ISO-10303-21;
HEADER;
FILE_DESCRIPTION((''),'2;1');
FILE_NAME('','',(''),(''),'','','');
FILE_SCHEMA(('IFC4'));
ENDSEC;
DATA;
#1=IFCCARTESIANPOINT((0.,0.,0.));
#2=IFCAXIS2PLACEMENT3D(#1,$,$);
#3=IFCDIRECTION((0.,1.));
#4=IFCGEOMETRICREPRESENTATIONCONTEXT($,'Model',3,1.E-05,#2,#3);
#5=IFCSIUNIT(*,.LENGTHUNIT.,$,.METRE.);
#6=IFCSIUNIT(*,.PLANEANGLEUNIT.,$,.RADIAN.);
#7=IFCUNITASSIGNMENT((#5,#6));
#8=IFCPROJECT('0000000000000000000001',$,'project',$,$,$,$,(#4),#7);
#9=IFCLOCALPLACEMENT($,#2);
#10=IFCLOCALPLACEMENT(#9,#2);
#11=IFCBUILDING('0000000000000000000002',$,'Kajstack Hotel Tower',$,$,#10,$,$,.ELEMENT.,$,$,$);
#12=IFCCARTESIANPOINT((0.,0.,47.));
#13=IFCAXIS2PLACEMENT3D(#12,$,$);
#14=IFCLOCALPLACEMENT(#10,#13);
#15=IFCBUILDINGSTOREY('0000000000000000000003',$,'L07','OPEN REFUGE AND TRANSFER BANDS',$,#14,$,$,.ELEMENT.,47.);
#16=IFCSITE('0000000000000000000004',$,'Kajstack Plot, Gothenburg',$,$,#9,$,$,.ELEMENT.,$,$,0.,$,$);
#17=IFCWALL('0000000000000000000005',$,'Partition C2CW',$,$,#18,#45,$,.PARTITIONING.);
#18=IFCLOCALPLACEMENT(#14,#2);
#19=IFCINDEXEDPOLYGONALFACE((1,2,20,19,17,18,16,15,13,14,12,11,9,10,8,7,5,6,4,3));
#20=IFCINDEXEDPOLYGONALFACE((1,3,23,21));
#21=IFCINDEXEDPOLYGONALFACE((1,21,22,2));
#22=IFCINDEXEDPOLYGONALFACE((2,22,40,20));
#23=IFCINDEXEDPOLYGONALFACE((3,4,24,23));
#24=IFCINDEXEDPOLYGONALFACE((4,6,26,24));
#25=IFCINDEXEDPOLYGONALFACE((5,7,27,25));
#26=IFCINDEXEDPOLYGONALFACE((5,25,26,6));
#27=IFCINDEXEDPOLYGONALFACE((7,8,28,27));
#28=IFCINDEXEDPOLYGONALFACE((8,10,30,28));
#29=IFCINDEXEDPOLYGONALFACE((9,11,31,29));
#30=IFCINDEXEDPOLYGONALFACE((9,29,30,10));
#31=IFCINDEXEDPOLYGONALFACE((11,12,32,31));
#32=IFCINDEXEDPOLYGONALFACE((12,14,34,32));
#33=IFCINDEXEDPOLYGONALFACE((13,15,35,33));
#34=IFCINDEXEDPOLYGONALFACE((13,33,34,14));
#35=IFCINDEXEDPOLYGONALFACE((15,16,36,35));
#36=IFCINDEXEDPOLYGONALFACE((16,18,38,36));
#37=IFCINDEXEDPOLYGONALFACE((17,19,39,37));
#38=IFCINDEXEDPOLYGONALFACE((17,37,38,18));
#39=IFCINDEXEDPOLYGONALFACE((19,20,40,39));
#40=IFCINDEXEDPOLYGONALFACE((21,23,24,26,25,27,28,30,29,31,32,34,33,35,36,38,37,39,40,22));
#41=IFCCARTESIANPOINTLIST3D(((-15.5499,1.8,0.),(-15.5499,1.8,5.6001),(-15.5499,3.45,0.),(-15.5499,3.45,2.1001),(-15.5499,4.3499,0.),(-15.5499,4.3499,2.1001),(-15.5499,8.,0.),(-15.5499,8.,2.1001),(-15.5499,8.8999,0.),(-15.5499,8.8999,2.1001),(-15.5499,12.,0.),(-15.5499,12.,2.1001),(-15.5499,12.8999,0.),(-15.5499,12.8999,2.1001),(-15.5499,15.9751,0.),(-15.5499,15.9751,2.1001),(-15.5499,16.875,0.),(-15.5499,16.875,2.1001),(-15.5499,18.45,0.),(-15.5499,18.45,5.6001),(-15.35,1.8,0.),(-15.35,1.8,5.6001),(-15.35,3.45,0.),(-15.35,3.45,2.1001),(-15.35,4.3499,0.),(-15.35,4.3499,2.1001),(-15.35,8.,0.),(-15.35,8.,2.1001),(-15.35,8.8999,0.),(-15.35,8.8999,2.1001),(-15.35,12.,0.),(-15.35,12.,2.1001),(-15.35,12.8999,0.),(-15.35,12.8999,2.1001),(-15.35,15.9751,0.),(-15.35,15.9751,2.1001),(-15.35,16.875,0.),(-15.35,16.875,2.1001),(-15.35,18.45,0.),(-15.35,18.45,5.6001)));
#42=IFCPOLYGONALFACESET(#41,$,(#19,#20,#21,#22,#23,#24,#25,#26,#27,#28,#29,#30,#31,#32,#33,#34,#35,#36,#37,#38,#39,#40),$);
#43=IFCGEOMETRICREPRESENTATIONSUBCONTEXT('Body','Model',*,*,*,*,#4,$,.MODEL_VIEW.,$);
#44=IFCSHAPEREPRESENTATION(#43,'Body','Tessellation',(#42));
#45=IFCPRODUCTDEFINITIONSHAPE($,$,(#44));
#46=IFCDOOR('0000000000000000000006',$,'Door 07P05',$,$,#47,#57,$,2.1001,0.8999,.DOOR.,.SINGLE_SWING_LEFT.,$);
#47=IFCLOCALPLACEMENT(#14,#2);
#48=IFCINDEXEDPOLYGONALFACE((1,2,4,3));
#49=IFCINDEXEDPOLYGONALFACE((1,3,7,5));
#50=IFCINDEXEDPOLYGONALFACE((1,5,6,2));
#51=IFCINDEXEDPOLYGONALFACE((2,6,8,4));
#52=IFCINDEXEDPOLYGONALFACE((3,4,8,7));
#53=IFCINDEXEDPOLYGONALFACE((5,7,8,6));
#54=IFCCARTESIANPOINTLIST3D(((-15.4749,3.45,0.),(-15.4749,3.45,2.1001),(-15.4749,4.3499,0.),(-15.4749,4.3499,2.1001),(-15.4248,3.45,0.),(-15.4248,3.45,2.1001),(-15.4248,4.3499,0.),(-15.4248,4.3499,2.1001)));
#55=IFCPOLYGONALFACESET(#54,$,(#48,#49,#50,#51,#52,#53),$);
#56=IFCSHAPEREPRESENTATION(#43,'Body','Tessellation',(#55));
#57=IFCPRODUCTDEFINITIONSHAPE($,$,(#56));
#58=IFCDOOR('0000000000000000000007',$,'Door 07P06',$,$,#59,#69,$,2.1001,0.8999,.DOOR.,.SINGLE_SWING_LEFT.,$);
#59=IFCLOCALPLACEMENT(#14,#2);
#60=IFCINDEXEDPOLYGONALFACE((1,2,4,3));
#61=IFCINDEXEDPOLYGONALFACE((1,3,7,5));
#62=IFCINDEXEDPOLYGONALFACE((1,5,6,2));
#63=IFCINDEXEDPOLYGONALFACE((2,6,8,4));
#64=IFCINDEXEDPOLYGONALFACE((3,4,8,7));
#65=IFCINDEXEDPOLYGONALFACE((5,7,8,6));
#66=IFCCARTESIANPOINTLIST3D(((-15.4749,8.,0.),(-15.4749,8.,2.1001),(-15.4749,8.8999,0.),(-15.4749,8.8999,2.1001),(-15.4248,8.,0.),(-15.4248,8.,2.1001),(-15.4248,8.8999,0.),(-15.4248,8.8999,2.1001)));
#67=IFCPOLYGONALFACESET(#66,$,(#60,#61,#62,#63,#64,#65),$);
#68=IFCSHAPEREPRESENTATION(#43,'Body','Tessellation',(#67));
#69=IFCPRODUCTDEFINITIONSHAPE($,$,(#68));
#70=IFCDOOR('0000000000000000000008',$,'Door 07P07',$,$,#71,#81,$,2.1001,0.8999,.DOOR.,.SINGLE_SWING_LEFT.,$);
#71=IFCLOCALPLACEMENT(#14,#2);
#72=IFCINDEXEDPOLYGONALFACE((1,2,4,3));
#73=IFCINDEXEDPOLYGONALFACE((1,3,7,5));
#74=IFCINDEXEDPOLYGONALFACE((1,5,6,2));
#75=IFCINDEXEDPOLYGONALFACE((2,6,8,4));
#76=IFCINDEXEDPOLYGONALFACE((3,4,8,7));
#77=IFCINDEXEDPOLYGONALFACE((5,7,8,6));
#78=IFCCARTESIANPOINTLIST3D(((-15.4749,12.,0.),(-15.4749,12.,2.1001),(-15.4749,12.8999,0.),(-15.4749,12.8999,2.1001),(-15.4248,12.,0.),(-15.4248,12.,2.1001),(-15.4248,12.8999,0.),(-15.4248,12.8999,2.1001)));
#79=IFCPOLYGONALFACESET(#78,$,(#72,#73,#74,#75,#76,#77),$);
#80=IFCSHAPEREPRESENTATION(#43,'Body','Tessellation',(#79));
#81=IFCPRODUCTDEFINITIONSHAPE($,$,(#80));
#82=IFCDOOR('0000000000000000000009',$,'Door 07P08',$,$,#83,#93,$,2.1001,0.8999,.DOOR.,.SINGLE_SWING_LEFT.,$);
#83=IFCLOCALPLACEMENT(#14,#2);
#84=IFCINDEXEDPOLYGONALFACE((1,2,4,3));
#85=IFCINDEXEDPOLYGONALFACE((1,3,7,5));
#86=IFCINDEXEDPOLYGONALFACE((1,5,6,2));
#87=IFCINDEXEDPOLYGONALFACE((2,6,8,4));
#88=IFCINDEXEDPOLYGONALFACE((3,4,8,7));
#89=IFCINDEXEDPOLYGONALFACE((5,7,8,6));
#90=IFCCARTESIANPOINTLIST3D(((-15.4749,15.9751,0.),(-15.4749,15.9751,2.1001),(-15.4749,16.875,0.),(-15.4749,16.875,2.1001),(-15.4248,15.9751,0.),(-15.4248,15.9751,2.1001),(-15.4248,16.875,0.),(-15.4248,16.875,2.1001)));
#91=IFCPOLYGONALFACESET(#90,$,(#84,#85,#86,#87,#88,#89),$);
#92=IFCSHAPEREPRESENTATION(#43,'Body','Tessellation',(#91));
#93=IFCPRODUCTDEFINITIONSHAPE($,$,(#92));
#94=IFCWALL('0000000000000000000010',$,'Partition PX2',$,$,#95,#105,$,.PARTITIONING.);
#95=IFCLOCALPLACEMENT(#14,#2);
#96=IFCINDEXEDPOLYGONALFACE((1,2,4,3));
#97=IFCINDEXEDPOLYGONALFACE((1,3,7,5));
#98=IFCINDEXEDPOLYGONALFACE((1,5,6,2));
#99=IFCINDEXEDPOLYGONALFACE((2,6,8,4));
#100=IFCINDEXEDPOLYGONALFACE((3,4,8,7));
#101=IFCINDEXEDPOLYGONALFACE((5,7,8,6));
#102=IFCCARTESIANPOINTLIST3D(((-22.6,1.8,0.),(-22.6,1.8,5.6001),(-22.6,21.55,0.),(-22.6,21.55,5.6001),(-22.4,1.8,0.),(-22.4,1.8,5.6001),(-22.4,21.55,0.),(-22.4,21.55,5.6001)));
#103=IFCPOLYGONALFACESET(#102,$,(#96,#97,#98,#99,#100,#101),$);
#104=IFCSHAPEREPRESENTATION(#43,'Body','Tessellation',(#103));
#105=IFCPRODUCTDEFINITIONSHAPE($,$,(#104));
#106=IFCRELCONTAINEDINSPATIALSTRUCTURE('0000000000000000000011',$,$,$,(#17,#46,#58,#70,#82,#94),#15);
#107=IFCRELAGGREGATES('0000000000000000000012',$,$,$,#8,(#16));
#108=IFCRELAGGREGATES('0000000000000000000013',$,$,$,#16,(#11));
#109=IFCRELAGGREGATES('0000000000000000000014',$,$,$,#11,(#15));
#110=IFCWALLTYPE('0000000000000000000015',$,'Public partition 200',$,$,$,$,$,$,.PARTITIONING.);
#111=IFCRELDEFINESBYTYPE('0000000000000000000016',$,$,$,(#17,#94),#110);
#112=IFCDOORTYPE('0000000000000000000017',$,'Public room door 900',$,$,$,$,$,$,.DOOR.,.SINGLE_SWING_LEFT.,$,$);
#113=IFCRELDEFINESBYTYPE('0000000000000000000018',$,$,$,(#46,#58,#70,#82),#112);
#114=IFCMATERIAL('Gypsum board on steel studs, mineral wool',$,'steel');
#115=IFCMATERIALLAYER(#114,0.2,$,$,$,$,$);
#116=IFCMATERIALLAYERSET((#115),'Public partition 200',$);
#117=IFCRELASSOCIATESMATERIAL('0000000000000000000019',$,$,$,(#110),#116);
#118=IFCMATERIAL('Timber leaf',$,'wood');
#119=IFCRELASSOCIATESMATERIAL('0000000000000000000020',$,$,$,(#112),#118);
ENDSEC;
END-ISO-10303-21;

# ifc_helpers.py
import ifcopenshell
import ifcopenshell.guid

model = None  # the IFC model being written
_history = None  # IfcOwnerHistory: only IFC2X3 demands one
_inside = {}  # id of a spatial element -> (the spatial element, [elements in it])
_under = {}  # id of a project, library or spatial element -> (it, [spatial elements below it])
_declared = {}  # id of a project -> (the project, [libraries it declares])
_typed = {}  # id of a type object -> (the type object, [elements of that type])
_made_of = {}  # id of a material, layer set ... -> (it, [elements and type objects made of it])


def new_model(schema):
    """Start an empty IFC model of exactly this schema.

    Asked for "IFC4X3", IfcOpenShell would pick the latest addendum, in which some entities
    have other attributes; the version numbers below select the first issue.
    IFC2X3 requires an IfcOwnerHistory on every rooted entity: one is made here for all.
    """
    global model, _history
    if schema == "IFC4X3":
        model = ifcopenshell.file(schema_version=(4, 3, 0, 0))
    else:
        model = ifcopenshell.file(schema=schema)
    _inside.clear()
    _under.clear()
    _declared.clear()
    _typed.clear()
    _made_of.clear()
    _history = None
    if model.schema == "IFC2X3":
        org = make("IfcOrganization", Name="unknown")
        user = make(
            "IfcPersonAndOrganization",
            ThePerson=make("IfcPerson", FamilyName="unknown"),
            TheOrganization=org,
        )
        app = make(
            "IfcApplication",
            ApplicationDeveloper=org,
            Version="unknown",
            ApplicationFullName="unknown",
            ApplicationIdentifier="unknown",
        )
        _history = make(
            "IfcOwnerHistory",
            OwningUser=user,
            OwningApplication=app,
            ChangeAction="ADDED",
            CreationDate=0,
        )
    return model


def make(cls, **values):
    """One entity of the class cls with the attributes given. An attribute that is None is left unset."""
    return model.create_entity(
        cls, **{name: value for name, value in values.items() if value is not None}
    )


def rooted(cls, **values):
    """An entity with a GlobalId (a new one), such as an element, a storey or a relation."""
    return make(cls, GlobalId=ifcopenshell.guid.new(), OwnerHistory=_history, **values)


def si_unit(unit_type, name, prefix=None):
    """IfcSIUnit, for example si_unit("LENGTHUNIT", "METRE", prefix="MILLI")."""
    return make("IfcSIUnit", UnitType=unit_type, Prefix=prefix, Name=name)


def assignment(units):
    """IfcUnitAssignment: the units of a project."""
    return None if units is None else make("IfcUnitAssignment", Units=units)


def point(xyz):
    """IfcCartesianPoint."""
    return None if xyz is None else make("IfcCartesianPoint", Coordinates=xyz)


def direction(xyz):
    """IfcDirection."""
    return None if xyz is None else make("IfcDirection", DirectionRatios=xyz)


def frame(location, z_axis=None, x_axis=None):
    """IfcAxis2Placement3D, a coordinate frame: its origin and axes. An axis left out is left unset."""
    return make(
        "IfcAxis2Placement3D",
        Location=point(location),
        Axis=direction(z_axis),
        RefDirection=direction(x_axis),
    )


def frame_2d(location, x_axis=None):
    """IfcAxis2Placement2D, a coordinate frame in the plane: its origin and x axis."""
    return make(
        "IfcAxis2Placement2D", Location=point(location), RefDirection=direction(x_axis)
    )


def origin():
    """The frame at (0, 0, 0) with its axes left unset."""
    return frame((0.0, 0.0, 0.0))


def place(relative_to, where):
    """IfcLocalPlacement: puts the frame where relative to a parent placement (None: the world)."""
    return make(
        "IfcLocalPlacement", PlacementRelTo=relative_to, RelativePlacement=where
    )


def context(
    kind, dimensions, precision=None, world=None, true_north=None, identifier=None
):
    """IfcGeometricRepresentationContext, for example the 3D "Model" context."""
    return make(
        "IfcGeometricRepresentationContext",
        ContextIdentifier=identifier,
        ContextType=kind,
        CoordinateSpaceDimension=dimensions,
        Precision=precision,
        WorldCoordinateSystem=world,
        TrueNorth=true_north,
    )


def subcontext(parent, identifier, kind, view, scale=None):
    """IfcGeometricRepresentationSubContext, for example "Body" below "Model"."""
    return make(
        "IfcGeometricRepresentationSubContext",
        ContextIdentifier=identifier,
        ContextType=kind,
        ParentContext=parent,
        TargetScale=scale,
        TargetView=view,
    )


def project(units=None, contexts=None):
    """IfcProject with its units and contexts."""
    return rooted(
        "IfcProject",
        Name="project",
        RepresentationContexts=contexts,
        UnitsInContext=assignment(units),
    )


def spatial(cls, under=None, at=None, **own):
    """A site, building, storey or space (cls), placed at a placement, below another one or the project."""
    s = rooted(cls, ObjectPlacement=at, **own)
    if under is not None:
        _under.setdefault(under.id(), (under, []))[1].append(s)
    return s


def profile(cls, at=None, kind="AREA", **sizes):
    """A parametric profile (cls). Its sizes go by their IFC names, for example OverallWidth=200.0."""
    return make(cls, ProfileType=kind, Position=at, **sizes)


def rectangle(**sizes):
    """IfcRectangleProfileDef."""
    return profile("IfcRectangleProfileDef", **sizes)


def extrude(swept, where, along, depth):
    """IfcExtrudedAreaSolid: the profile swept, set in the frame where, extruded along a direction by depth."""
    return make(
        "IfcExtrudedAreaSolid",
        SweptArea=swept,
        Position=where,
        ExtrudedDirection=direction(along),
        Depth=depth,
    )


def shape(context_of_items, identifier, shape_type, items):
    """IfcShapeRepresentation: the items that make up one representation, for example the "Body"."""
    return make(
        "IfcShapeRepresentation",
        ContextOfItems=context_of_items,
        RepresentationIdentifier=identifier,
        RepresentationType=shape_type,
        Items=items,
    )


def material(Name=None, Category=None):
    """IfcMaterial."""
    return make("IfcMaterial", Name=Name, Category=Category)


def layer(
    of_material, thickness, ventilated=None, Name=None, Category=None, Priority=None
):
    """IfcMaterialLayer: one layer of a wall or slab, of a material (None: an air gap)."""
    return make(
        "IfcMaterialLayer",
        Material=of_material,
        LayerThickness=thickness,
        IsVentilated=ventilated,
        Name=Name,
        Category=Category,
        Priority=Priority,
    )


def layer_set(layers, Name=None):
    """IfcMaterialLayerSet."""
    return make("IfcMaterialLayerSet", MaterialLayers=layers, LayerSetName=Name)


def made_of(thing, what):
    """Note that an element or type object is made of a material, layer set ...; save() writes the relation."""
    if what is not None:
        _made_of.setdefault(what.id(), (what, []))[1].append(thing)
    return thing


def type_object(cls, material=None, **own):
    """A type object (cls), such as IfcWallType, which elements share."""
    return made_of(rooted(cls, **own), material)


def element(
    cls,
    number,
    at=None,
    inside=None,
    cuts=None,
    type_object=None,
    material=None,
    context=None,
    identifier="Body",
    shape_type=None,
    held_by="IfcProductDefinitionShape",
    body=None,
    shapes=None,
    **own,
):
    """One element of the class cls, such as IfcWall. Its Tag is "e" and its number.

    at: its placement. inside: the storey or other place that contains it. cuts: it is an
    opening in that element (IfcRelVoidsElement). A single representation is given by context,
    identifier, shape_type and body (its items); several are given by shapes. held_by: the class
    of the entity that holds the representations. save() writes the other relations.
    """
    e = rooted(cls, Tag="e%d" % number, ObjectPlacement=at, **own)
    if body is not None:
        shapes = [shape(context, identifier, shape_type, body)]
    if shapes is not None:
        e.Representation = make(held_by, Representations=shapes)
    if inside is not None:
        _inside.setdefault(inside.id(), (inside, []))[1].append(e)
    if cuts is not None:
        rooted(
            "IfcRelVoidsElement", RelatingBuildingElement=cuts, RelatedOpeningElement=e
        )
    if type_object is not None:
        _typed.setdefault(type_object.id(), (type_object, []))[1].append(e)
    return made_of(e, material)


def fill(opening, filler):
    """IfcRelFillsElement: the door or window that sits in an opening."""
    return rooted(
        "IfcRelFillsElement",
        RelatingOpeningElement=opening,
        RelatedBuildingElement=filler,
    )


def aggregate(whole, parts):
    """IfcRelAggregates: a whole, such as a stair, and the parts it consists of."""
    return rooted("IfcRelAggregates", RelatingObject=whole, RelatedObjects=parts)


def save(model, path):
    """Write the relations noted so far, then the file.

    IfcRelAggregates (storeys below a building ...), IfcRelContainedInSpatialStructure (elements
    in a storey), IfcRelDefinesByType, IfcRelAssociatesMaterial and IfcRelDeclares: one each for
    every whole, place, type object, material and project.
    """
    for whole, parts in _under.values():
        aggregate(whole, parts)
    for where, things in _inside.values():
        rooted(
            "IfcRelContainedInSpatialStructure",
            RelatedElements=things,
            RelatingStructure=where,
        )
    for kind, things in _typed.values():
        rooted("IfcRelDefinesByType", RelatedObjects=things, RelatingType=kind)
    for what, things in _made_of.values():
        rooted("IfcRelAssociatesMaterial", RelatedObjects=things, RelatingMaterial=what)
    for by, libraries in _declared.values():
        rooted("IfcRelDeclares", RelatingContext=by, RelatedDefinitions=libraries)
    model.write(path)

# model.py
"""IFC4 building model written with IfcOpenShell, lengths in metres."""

from ifc_helpers import new_model, si_unit, direction, frame, frame_2d, origin, place, context, subcontext, project, spatial, rectangle, extrude, material, layer, layer_set, type_object, element, fill, save


model = new_model("IFC4")

# Units and contexts
model_context = context("Model", 3, precision=1e-05, world=origin(), true_north=direction((0.0, 1.0)))
body_context = subcontext(model_context, "Body", "Model", "MODEL_VIEW")
ifc_project = project(units=[si_unit("LENGTHUNIT", "METRE"), si_unit("PLANEANGLEUNIT", "RADIAN")], contexts=[model_context])

# Site, building, storey
site_placement = place(None, origin())
site = spatial("IfcSite", under=ifc_project, at=site_placement, Name="Kajstack Plot, Gothenburg", CompositionType="ELEMENT", RefElevation=0.0)
building_placement = place(site_placement, origin())
building = spatial("IfcBuilding", under=site, at=building_placement, Name="Kajstack Hotel Tower", CompositionType="ELEMENT")
storey_placement = place(building_placement, frame((0.0, 0.0, 47.0)))
storey = spatial("IfcBuildingStorey", under=building, at=storey_placement, Name="L07", Description="OPEN REFUGE AND TRANSFER BANDS", CompositionType="ELEMENT", Elevation=47.0)

# Shared definitions
ifc_material_1 = material(Name="Gypsum board on steel studs, mineral wool", Category="steel")
ifc_layer_1 = layer(ifc_material_1, 0.2)
ifc_layer_set_1 = layer_set([ifc_layer_1], Name="Public partition 200")
wall_type = type_object("IfcWallType", Name="Public partition 200", PredefinedType="PARTITIONING", material=ifc_layer_set_1)

# Wall, openings, doors
wall_1_placement = place(storey_placement, frame((-15.45, 1.8, 0.0), z_axis=(0.0, 0.0, 1.0), x_axis=(0.0, 1.0, 0.0)))
wall_1 = element("IfcWall", 1, at=wall_1_placement, inside=storey, type_object=wall_type, Name="Partition C2CW", PredefinedType="PARTITIONING", context=body_context, shape_type="SweptSolid", body=[
    extrude(rectangle(XDim=16.6499, YDim=0.2, at=frame_2d((8.325, 0.0))), origin(), (0.0, 0.0, 1.0), 5.6001),
])
opening_1_placement = place(wall_1_placement, frame((1.6499, 0.0, 0.0)))
opening_1 = element("IfcOpeningElement", 2, at=opening_1_placement, cuts=wall_1, PredefinedType="OPENING", context=body_context, shape_type="SweptSolid", body=[
    extrude(rectangle(XDim=0.8999, YDim=2.1001, at=frame_2d((0.45, 1.05))), frame((0.0, 0.1099, 0.0), z_axis=(0.0, -1.0, 0.0), x_axis=(1.0, 0.0, 0.0)), (0.0, 0.0, 1.0), 0.22),
])
opening_2_placement = place(wall_1_placement, frame((6.2, 0.0, 0.0)))
opening_2 = element("IfcOpeningElement", 3, at=opening_2_placement, cuts=wall_1, PredefinedType="OPENING", context=body_context, shape_type="SweptSolid", body=[
    extrude(rectangle(XDim=0.8999, YDim=2.1001, at=frame_2d((0.45, 1.05))), frame((0.0, 0.1099, 0.0), z_axis=(0.0, -1.0, 0.0), x_axis=(1.0, 0.0, 0.0)), (0.0, 0.0, 1.0), 0.22),
])
opening_3_placement = place(wall_1_placement, frame((10.2, 0.0, 0.0)))
opening_3 = element("IfcOpeningElement", 4, at=opening_3_placement, cuts=wall_1, PredefinedType="OPENING", context=body_context, shape_type="SweptSolid", body=[
    extrude(rectangle(XDim=0.8999, YDim=2.1001, at=frame_2d((0.45, 1.05))), frame((0.0, 0.1099, 0.0), z_axis=(0.0, -1.0, 0.0), x_axis=(1.0, 0.0, 0.0)), (0.0, 0.0, 1.0), 0.22),
])
opening_4_placement = place(wall_1_placement, frame((14.175, 0.0, 0.0)))
opening_4 = element("IfcOpeningElement", 5, at=opening_4_placement, cuts=wall_1, PredefinedType="OPENING", context=body_context, shape_type="SweptSolid", body=[
    extrude(rectangle(XDim=0.8999, YDim=2.1001, at=frame_2d((0.45, 1.05))), frame((0.0, 0.1099, 0.0), z_axis=(0.0, -1.0, 0.0), x_axis=(1.0, 0.0, 0.0)), (0.0, 0.0, 1.0), 0.22),
])
ifc_material_2 = material(Name="Timber leaf", Category="wood")
door_type_1 = type_object("IfcDoorType", Name="Public room door 900", OperationType="SINGLE_SWING_LEFT", PredefinedType="DOOR", material=ifc_material_2)
door_1_placement = place(opening_1_placement, origin())
door_1 = element("IfcDoor", 6, at=door_1_placement, inside=storey, type_object=door_type_1, Name="Door 07P05", OperationType="SINGLE_SWING_LEFT", OverallHeight=2.1001, OverallWidth=0.8999, PredefinedType="DOOR", context=body_context, shape_type="SweptSolid", body=[
    extrude(rectangle(XDim=0.8999, YDim=2.1001, at=frame_2d((0.45, 1.05))), frame((0.0, 0.0249, 0.0), z_axis=(0.0, -1.0, 0.0), x_axis=(1.0, 0.0, 0.0)), (0.0, 0.0, 1.0), 0.05),
])
fill(opening_1, door_1)
door_2_placement = place(opening_2_placement, origin())
door_2 = element("IfcDoor", 7, at=door_2_placement, inside=storey, type_object=door_type_1, Name="Door 07P06", OperationType="SINGLE_SWING_LEFT", OverallHeight=2.1001, OverallWidth=0.8999, PredefinedType="DOOR", context=body_context, shape_type="SweptSolid", body=[
    extrude(rectangle(XDim=0.8999, YDim=2.1001, at=frame_2d((0.45, 1.05))), frame((0.0, 0.0249, 0.0), z_axis=(0.0, -1.0, 0.0), x_axis=(1.0, 0.0, 0.0)), (0.0, 0.0, 1.0), 0.05),
])
fill(opening_2, door_2)
door_3_placement = place(opening_3_placement, origin())
door_3 = element("IfcDoor", 8, at=door_3_placement, inside=storey, type_object=door_type_1, Name="Door 07P07", OperationType="SINGLE_SWING_LEFT", OverallHeight=2.1001, OverallWidth=0.8999, PredefinedType="DOOR", context=body_context, shape_type="SweptSolid", body=[
    extrude(rectangle(XDim=0.8999, YDim=2.1001, at=frame_2d((0.45, 1.05))), frame((0.0, 0.0249, 0.0), z_axis=(0.0, -1.0, 0.0), x_axis=(1.0, 0.0, 0.0)), (0.0, 0.0, 1.0), 0.05),
])
fill(opening_3, door_3)
door_4_placement = place(opening_4_placement, origin())
door_4 = element("IfcDoor", 9, at=door_4_placement, inside=storey, type_object=door_type_1, Name="Door 07P08", OperationType="SINGLE_SWING_LEFT", OverallHeight=2.1001, OverallWidth=0.8999, PredefinedType="DOOR", context=body_context, shape_type="SweptSolid", body=[
    extrude(rectangle(XDim=0.8999, YDim=2.1001, at=frame_2d((0.45, 1.05))), frame((0.0, 0.0249, 0.0), z_axis=(0.0, -1.0, 0.0), x_axis=(1.0, 0.0, 0.0)), (0.0, 0.0, 1.0), 0.05),
])
fill(opening_4, door_4)

# Wall
wall_2_placement = place(storey_placement, frame((-22.5, 1.8, 0.0), z_axis=(0.0, 0.0, 1.0), x_axis=(0.0, 1.0, 0.0)))
element("IfcWall", 10, at=wall_2_placement, inside=storey, type_object=wall_type, Name="Partition PX2", PredefinedType="PARTITIONING", context=body_context, shape_type="SweptSolid", body=[
    extrude(rectangle(XDim=19.75, YDim=0.2, at=frame_2d((9.875, 0.0))), origin(), (0.0, 0.0, 1.0), 5.6001),
])

save(model, "model.ifc")
